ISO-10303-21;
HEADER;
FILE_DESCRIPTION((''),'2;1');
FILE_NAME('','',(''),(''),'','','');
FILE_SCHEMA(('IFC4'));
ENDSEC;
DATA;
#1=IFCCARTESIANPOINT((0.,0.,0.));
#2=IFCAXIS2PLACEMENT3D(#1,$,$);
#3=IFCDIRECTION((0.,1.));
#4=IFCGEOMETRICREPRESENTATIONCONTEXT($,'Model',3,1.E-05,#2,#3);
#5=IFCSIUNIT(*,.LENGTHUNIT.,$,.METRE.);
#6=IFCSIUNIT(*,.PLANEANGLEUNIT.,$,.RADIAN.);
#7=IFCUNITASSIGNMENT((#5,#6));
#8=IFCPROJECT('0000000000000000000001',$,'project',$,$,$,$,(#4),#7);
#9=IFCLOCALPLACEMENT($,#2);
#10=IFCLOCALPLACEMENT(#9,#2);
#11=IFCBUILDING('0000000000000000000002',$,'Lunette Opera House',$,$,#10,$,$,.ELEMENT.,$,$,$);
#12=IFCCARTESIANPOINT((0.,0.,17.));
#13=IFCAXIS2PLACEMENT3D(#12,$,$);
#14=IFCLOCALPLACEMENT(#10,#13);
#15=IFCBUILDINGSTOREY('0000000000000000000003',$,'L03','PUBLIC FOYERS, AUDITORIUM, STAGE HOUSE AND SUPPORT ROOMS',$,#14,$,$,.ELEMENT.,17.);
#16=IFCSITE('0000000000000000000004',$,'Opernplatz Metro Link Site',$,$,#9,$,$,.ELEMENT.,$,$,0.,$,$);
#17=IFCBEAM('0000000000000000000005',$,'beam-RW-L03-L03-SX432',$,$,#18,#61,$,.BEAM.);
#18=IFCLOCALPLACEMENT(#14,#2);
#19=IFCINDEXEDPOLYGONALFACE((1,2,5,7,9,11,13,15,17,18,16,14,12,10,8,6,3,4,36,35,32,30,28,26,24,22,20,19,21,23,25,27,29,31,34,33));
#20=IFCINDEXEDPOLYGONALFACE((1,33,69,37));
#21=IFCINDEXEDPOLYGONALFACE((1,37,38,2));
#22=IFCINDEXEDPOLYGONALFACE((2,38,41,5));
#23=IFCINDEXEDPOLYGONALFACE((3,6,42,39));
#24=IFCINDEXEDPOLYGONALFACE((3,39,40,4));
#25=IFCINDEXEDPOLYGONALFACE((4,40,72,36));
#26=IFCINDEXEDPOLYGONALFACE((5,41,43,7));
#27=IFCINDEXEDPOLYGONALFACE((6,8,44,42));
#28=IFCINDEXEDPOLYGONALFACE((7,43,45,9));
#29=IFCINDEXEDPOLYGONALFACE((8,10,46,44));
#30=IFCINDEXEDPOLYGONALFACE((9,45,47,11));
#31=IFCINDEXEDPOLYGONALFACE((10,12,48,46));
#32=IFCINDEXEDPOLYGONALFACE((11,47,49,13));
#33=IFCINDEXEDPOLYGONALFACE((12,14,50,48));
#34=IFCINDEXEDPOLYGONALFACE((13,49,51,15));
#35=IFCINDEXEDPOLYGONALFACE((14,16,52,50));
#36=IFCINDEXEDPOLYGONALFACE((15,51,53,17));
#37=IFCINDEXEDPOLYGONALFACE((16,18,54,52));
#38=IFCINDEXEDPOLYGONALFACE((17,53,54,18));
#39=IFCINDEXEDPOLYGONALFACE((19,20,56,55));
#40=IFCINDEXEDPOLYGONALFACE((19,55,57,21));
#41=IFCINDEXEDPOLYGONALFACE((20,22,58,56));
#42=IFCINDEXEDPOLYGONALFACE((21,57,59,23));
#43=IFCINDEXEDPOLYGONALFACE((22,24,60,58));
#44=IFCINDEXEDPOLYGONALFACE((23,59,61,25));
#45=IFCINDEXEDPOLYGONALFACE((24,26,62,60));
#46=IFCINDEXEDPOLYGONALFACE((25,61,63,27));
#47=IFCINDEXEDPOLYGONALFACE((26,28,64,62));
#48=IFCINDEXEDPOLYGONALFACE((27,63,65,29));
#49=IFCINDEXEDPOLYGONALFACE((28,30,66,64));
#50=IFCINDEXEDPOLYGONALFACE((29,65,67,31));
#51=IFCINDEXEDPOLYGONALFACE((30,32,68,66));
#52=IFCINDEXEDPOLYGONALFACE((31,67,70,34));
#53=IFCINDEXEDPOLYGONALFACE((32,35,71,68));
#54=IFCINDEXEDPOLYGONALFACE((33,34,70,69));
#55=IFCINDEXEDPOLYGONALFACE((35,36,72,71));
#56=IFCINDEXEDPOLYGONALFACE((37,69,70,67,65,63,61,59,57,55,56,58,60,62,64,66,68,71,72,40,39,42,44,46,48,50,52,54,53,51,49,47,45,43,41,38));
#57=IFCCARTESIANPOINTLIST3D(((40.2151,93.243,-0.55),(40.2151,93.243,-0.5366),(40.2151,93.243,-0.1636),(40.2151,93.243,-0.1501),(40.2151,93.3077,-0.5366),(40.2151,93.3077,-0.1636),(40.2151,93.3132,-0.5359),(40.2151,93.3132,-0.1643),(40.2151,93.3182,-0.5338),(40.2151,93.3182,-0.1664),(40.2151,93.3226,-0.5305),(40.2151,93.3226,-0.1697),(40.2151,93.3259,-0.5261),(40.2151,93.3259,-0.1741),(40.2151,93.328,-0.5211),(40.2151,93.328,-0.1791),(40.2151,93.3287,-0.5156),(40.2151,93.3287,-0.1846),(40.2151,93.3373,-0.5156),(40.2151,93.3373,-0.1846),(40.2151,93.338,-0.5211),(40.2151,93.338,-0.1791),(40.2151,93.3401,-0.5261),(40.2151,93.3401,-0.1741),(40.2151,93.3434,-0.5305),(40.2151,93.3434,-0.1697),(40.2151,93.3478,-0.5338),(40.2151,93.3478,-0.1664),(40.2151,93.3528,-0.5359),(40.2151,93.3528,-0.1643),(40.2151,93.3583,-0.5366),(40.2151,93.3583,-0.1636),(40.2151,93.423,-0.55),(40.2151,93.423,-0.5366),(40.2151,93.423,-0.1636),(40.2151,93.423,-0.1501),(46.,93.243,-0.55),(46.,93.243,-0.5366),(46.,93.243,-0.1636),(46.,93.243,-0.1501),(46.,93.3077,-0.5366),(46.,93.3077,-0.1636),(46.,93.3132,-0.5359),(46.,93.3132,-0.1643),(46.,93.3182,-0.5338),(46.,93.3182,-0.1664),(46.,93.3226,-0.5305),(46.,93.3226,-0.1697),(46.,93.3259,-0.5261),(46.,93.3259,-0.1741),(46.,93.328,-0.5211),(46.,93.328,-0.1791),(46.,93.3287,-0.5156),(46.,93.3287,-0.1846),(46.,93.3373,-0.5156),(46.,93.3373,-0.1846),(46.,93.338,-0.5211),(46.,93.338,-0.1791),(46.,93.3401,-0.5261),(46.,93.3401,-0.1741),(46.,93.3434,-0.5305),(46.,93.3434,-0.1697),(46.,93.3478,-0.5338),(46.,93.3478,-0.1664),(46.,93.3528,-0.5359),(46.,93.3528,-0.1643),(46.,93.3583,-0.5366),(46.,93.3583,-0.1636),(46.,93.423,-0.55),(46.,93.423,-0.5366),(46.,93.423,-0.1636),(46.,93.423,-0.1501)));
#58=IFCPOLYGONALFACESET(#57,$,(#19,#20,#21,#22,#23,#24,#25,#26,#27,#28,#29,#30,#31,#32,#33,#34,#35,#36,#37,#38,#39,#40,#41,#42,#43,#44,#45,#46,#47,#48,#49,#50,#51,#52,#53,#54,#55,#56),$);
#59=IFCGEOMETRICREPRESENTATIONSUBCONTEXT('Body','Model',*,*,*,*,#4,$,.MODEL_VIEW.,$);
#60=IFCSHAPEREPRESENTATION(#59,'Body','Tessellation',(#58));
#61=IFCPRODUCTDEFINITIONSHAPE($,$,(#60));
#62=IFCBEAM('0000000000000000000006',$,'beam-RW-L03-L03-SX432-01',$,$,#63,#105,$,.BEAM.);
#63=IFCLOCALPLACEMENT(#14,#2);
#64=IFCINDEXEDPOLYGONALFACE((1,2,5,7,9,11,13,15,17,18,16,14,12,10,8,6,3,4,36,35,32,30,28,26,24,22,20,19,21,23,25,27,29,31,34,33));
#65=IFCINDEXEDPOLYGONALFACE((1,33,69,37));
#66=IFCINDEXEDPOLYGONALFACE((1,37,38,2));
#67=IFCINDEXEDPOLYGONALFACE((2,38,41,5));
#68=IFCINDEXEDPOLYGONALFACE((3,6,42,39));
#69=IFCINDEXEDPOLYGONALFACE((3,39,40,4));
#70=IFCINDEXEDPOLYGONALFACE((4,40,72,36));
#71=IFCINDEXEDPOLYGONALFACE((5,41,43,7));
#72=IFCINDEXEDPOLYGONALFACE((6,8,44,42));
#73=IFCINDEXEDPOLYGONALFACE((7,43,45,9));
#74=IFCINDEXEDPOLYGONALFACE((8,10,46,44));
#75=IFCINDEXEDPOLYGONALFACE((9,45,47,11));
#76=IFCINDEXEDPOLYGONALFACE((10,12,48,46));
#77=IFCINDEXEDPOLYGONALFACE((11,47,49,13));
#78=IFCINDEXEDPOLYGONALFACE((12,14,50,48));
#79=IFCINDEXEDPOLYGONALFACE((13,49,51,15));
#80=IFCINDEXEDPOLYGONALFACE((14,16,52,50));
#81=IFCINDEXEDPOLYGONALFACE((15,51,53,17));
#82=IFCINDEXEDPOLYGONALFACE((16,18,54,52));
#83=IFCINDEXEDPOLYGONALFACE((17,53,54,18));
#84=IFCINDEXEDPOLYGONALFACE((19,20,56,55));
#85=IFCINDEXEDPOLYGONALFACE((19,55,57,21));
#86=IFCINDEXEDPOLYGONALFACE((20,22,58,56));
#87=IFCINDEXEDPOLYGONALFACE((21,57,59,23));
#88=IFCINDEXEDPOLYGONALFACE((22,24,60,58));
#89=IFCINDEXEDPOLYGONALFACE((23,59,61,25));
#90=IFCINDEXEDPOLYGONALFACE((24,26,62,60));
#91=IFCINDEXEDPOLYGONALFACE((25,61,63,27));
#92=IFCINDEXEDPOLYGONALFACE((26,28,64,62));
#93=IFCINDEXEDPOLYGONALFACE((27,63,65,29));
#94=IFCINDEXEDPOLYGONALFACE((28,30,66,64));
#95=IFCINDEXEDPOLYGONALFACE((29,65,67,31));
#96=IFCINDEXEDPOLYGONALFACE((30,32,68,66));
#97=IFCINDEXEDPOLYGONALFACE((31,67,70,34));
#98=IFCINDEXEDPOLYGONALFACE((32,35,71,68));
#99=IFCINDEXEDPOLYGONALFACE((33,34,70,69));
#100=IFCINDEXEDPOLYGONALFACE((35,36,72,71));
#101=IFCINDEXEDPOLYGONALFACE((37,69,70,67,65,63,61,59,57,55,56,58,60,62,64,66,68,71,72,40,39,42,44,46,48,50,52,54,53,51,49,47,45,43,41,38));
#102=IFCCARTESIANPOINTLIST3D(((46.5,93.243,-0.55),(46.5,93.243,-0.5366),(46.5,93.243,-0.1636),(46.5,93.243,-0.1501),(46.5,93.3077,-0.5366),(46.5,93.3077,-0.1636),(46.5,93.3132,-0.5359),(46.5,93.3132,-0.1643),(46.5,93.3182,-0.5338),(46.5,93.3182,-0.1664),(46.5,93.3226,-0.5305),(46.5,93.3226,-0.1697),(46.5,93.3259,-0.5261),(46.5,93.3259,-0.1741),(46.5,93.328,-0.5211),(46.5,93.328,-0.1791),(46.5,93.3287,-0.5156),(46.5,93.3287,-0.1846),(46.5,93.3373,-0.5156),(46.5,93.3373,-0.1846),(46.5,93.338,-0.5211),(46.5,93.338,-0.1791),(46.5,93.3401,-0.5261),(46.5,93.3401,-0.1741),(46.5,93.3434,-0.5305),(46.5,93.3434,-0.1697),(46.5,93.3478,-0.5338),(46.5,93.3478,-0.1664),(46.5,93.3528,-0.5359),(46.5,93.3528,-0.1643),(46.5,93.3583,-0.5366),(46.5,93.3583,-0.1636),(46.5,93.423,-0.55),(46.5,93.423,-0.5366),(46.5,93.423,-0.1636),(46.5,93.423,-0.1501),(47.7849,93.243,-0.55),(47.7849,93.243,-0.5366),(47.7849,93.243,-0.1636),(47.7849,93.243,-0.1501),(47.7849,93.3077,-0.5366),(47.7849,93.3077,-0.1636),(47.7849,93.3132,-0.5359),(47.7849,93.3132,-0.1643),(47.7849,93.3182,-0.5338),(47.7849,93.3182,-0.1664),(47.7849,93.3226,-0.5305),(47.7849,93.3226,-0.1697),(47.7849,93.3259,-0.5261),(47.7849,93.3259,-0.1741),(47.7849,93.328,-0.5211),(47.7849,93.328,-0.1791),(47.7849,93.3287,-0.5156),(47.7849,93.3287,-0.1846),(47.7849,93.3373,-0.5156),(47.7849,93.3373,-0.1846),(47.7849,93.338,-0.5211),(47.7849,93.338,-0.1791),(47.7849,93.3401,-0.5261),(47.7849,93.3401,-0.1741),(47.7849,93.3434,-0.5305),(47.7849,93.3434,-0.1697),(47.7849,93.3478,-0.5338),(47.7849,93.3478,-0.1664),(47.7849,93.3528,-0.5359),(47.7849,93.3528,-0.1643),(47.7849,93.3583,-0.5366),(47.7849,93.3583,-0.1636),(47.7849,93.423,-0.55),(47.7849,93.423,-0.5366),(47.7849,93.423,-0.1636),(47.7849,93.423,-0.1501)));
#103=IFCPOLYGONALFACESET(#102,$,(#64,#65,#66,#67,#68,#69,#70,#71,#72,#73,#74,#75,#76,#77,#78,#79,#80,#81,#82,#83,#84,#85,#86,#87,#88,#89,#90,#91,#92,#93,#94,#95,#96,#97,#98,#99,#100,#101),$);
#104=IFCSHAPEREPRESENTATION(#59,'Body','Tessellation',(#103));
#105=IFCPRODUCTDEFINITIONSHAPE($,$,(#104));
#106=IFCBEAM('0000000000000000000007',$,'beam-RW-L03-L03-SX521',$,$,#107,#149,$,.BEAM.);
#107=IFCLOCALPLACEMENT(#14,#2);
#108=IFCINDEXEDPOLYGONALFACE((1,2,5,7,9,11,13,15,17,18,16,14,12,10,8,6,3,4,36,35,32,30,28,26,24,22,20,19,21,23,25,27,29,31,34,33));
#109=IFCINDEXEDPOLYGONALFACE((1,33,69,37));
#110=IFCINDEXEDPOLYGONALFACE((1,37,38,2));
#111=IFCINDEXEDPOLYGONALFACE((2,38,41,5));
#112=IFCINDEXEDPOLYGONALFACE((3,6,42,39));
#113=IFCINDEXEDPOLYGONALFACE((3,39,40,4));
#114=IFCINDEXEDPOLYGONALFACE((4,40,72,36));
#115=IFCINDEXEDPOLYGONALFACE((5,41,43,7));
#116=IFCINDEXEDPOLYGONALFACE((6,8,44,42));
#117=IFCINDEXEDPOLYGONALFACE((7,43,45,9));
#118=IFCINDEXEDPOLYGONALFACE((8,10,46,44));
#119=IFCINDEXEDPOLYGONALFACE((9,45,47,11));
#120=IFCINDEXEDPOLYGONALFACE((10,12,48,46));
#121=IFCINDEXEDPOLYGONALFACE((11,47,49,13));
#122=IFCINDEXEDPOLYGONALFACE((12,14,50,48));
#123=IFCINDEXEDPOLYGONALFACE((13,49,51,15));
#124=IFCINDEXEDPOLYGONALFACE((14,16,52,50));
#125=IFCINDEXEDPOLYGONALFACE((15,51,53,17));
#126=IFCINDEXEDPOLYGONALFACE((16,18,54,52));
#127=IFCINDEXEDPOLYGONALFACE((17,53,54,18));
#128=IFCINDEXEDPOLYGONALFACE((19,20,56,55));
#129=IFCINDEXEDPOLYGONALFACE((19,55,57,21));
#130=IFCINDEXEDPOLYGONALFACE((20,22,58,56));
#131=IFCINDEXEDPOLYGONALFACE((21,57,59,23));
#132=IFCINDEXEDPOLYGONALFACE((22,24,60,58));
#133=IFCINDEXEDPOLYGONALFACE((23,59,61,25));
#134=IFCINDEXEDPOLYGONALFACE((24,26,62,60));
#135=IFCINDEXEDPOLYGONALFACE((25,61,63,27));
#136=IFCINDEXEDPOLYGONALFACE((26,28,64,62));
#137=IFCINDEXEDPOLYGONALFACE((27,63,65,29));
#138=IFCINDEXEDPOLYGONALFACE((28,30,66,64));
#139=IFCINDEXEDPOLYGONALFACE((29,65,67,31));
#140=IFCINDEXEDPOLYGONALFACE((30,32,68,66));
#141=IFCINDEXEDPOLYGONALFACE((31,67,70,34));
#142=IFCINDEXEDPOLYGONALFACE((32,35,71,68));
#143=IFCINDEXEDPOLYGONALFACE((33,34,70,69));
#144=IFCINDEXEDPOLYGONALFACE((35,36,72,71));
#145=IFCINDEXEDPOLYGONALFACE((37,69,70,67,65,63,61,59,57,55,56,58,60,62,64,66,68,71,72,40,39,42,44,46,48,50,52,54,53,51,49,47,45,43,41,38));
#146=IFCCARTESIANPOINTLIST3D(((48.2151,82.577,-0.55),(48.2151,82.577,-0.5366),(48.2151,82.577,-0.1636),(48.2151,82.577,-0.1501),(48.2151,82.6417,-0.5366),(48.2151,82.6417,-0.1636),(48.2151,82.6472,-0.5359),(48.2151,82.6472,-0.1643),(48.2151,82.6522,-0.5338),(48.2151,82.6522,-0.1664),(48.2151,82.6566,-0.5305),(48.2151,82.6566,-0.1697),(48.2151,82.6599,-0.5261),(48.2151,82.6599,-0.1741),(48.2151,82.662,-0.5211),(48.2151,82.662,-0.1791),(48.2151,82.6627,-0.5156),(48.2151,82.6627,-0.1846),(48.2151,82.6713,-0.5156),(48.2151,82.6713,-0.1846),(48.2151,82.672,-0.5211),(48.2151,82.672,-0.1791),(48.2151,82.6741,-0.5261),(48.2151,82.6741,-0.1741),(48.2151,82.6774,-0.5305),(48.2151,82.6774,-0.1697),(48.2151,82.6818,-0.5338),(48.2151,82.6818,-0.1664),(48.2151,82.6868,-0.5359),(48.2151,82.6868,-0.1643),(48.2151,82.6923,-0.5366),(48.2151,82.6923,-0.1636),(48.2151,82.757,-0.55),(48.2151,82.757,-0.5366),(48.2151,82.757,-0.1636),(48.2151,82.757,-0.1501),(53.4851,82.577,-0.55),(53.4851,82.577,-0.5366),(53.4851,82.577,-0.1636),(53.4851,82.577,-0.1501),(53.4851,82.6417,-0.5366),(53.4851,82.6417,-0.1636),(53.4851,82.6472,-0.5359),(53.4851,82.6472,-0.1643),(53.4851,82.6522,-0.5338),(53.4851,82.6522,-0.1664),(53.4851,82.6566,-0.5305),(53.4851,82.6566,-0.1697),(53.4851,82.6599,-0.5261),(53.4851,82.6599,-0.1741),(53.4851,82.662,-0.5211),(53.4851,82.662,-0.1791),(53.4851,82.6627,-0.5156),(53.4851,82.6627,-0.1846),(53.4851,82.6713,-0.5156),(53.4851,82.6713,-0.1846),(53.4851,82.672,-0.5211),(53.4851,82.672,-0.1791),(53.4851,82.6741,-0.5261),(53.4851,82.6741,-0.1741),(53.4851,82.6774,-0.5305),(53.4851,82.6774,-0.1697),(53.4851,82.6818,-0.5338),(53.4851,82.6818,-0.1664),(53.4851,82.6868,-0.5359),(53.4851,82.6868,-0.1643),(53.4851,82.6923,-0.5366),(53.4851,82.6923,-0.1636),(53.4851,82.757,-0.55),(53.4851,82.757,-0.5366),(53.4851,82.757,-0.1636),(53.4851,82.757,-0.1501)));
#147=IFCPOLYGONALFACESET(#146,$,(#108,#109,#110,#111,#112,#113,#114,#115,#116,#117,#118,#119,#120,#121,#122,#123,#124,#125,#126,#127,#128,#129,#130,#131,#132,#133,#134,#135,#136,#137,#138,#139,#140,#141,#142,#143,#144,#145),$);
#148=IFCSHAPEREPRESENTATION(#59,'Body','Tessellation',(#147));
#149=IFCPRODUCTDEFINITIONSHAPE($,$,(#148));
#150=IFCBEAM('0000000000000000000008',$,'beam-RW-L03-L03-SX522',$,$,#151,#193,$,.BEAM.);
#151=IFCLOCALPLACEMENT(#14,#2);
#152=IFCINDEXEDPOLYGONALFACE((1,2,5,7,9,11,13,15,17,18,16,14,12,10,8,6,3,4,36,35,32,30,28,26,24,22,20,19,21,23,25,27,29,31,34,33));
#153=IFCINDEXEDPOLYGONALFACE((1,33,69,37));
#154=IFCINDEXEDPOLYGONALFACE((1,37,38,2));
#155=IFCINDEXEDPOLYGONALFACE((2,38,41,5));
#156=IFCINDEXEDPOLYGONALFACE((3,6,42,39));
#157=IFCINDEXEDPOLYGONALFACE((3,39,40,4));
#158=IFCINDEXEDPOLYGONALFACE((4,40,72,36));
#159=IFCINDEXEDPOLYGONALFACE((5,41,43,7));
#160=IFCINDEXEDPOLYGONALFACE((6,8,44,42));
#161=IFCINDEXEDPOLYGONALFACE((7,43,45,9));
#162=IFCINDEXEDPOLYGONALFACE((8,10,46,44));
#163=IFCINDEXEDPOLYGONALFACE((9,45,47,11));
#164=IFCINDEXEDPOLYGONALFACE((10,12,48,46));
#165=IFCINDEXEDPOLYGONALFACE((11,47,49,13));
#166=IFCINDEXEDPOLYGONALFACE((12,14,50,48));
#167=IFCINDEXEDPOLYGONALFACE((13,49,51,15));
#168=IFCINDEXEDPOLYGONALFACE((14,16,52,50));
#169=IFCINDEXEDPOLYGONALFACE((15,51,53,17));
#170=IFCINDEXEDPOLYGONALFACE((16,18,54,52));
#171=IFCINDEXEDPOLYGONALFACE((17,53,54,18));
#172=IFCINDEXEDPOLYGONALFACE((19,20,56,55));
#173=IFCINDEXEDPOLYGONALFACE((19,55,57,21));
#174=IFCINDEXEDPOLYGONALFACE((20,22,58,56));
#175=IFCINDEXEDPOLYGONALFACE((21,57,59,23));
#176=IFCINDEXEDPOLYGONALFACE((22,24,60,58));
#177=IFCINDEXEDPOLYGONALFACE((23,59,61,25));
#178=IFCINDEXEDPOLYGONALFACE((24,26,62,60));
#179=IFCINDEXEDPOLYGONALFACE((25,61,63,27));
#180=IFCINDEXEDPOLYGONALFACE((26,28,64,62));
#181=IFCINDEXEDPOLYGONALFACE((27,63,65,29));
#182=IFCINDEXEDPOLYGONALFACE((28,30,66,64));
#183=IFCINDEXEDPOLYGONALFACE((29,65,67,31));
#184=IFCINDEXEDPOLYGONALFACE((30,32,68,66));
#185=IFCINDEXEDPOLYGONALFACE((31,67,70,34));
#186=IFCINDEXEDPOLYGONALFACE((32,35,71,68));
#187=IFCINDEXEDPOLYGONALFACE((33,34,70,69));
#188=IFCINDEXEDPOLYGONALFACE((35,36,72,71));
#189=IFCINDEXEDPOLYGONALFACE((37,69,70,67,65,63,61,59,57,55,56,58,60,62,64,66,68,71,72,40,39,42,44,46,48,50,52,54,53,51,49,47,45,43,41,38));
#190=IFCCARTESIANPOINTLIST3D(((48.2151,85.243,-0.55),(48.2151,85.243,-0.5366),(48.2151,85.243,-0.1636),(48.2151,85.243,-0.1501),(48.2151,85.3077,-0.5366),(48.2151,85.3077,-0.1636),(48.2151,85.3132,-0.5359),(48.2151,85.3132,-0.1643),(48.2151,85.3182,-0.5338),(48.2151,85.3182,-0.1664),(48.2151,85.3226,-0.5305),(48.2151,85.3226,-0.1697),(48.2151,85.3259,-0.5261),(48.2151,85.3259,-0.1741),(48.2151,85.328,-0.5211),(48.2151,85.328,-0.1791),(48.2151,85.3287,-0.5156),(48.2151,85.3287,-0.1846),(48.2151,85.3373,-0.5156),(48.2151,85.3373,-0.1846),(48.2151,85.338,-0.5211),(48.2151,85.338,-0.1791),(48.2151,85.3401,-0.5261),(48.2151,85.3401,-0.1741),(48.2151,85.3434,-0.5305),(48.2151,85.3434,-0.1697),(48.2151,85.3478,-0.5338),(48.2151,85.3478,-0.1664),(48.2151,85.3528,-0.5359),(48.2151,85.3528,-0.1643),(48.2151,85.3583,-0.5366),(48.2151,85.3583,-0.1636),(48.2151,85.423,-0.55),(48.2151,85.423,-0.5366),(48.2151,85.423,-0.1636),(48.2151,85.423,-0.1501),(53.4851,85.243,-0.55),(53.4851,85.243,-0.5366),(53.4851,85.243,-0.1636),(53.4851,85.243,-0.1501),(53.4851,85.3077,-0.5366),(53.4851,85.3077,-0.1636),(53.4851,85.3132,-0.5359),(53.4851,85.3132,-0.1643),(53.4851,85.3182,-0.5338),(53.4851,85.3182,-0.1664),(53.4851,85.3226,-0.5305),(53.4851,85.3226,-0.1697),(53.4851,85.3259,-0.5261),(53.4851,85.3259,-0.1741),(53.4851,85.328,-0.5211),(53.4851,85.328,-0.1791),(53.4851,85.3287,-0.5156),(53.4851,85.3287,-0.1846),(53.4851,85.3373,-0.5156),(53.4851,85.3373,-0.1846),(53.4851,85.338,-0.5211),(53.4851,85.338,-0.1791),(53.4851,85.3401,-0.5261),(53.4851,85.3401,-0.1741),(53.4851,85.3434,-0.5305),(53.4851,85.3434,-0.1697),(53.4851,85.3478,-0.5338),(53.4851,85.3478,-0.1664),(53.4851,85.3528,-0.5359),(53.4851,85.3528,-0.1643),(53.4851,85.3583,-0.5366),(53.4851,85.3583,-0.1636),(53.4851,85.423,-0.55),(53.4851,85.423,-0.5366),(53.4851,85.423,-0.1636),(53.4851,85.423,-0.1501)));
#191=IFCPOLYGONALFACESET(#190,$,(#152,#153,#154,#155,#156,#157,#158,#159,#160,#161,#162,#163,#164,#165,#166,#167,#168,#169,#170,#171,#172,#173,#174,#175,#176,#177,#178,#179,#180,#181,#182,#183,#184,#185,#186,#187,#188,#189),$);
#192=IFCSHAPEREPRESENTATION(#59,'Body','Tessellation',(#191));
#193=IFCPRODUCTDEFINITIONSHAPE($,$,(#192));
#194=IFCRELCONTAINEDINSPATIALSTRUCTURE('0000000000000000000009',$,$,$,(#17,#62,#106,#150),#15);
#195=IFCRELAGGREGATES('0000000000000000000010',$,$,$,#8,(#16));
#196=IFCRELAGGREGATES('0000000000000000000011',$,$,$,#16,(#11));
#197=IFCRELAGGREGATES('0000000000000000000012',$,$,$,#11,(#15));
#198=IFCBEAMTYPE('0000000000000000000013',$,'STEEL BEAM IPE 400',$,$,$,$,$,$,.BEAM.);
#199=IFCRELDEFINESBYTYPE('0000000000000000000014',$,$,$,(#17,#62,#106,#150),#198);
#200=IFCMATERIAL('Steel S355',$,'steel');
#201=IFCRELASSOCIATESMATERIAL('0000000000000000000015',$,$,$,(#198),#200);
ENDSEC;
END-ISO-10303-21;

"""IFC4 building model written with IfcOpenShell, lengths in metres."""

from ifc_helpers import new_model, si_unit, direction, frame, origin, origin_2d, place, context, subcontext, project, spatial, i_section, extrude, material, material_profile, profile_set, type_object, element, save


model = new_model("IFC4")

# Units and contexts
model_context = context("Model", 3, precision=1e-05, world=origin(), true_north=direction((0.0, 1.0)))
body_context = subcontext(model_context, "Body", "Model", "MODEL_VIEW")
ifc_project = project(units=[si_unit("LENGTHUNIT", "METRE"), si_unit("PLANEANGLEUNIT", "RADIAN")], contexts=[model_context])

# Site, building, storey
site_placement = place(None, origin())
site = spatial("IfcSite", under=ifc_project, at=site_placement, Name="Opernplatz Metro Link Site", CompositionType="ELEMENT", RefElevation=0.0)
building_placement = place(site_placement, origin())
building = spatial("IfcBuilding", under=site, at=building_placement, Name="Lunette Opera House", CompositionType="ELEMENT")
storey_placement = place(building_placement, frame((0.0, 0.0, 17.0)))
storey = spatial("IfcBuildingStorey", under=building, at=storey_placement, Name="L03", Description="PUBLIC FOYERS, AUDITORIUM, STAGE HOUSE AND SUPPORT ROOMS", CompositionType="ELEMENT", Elevation=17.0)

# Beams
ifc_material_1 = material(Name="Steel S355", Category="steel")
ifc_material_profile_1 = material_profile(ifc_material_1, i_section(OverallWidth=0.1799, OverallDepth=0.3999, WebThickness=0.0085, FlangeThickness=0.0134, FilletRadius=0.021, at=origin_2d()), Name="IPE 400")
ifc_profile_set_1 = profile_set([ifc_material_profile_1], Name="Steel S355")
beam_type_1 = type_object("IfcBeamType", Name="STEEL BEAM IPE 400", PredefinedType="BEAM", material=ifc_profile_set_1)
beam_1_placement = place(storey_placement, frame((40.2151, 93.333, -0.3501), z_axis=(1.0, 0.0, 0.0), x_axis=(0.0, 1.0, 0.0)))
element("IfcBeam", 1, at=beam_1_placement, inside=storey, type_object=beam_type_1, Name="beam-RW-L03-L03-SX432", PredefinedType="BEAM", context=body_context, shape_type="SweptSolid", body=[
    extrude(i_section(OverallWidth=0.1799, OverallDepth=0.3999, WebThickness=0.0085, FlangeThickness=0.0134, FilletRadius=0.021, at=origin_2d()), origin(), (0.0, 0.0, 1.0), 5.7849),
])
beam_2_placement = place(storey_placement, frame((46.5, 93.333, -0.3501), z_axis=(1.0, 0.0, 0.0), x_axis=(0.0, 1.0, 0.0)))
element("IfcBeam", 2, at=beam_2_placement, inside=storey, type_object=beam_type_1, Name="beam-RW-L03-L03-SX432-01", PredefinedType="BEAM", context=body_context, shape_type="SweptSolid", body=[
    extrude(i_section(OverallWidth=0.1799, OverallDepth=0.3999, WebThickness=0.0085, FlangeThickness=0.0134, FilletRadius=0.021, at=origin_2d()), origin(), (0.0, 0.0, 1.0), 1.2849),
])
for number, where, z_axis, x_axis, name in (
    (3, (48.2151, 82.667, -0.3501), (1.0, 0.0, 0.0), (0.0, 1.0, 0.0), "beam-RW-L03-L03-SX521"),
    (4, (48.2151, 85.333, -0.3501), (1.0, 0.0, 0.0), (0.0, 1.0, 0.0), "beam-RW-L03-L03-SX522"),
):
    element("IfcBeam", number, at=place(storey_placement, frame(where, z_axis=z_axis, x_axis=x_axis)), inside=storey, type_object=beam_type_1, Name=name, PredefinedType="BEAM", context=body_context, shape_type="SweptSolid", body=[
        extrude(i_section(OverallWidth=0.1799, OverallDepth=0.3999, WebThickness=0.0085, FlangeThickness=0.0134, FilletRadius=0.021, at=origin_2d()), origin(), (0.0, 0.0, 1.0), 5.27),
    ])

save(model, "model.ifc")
